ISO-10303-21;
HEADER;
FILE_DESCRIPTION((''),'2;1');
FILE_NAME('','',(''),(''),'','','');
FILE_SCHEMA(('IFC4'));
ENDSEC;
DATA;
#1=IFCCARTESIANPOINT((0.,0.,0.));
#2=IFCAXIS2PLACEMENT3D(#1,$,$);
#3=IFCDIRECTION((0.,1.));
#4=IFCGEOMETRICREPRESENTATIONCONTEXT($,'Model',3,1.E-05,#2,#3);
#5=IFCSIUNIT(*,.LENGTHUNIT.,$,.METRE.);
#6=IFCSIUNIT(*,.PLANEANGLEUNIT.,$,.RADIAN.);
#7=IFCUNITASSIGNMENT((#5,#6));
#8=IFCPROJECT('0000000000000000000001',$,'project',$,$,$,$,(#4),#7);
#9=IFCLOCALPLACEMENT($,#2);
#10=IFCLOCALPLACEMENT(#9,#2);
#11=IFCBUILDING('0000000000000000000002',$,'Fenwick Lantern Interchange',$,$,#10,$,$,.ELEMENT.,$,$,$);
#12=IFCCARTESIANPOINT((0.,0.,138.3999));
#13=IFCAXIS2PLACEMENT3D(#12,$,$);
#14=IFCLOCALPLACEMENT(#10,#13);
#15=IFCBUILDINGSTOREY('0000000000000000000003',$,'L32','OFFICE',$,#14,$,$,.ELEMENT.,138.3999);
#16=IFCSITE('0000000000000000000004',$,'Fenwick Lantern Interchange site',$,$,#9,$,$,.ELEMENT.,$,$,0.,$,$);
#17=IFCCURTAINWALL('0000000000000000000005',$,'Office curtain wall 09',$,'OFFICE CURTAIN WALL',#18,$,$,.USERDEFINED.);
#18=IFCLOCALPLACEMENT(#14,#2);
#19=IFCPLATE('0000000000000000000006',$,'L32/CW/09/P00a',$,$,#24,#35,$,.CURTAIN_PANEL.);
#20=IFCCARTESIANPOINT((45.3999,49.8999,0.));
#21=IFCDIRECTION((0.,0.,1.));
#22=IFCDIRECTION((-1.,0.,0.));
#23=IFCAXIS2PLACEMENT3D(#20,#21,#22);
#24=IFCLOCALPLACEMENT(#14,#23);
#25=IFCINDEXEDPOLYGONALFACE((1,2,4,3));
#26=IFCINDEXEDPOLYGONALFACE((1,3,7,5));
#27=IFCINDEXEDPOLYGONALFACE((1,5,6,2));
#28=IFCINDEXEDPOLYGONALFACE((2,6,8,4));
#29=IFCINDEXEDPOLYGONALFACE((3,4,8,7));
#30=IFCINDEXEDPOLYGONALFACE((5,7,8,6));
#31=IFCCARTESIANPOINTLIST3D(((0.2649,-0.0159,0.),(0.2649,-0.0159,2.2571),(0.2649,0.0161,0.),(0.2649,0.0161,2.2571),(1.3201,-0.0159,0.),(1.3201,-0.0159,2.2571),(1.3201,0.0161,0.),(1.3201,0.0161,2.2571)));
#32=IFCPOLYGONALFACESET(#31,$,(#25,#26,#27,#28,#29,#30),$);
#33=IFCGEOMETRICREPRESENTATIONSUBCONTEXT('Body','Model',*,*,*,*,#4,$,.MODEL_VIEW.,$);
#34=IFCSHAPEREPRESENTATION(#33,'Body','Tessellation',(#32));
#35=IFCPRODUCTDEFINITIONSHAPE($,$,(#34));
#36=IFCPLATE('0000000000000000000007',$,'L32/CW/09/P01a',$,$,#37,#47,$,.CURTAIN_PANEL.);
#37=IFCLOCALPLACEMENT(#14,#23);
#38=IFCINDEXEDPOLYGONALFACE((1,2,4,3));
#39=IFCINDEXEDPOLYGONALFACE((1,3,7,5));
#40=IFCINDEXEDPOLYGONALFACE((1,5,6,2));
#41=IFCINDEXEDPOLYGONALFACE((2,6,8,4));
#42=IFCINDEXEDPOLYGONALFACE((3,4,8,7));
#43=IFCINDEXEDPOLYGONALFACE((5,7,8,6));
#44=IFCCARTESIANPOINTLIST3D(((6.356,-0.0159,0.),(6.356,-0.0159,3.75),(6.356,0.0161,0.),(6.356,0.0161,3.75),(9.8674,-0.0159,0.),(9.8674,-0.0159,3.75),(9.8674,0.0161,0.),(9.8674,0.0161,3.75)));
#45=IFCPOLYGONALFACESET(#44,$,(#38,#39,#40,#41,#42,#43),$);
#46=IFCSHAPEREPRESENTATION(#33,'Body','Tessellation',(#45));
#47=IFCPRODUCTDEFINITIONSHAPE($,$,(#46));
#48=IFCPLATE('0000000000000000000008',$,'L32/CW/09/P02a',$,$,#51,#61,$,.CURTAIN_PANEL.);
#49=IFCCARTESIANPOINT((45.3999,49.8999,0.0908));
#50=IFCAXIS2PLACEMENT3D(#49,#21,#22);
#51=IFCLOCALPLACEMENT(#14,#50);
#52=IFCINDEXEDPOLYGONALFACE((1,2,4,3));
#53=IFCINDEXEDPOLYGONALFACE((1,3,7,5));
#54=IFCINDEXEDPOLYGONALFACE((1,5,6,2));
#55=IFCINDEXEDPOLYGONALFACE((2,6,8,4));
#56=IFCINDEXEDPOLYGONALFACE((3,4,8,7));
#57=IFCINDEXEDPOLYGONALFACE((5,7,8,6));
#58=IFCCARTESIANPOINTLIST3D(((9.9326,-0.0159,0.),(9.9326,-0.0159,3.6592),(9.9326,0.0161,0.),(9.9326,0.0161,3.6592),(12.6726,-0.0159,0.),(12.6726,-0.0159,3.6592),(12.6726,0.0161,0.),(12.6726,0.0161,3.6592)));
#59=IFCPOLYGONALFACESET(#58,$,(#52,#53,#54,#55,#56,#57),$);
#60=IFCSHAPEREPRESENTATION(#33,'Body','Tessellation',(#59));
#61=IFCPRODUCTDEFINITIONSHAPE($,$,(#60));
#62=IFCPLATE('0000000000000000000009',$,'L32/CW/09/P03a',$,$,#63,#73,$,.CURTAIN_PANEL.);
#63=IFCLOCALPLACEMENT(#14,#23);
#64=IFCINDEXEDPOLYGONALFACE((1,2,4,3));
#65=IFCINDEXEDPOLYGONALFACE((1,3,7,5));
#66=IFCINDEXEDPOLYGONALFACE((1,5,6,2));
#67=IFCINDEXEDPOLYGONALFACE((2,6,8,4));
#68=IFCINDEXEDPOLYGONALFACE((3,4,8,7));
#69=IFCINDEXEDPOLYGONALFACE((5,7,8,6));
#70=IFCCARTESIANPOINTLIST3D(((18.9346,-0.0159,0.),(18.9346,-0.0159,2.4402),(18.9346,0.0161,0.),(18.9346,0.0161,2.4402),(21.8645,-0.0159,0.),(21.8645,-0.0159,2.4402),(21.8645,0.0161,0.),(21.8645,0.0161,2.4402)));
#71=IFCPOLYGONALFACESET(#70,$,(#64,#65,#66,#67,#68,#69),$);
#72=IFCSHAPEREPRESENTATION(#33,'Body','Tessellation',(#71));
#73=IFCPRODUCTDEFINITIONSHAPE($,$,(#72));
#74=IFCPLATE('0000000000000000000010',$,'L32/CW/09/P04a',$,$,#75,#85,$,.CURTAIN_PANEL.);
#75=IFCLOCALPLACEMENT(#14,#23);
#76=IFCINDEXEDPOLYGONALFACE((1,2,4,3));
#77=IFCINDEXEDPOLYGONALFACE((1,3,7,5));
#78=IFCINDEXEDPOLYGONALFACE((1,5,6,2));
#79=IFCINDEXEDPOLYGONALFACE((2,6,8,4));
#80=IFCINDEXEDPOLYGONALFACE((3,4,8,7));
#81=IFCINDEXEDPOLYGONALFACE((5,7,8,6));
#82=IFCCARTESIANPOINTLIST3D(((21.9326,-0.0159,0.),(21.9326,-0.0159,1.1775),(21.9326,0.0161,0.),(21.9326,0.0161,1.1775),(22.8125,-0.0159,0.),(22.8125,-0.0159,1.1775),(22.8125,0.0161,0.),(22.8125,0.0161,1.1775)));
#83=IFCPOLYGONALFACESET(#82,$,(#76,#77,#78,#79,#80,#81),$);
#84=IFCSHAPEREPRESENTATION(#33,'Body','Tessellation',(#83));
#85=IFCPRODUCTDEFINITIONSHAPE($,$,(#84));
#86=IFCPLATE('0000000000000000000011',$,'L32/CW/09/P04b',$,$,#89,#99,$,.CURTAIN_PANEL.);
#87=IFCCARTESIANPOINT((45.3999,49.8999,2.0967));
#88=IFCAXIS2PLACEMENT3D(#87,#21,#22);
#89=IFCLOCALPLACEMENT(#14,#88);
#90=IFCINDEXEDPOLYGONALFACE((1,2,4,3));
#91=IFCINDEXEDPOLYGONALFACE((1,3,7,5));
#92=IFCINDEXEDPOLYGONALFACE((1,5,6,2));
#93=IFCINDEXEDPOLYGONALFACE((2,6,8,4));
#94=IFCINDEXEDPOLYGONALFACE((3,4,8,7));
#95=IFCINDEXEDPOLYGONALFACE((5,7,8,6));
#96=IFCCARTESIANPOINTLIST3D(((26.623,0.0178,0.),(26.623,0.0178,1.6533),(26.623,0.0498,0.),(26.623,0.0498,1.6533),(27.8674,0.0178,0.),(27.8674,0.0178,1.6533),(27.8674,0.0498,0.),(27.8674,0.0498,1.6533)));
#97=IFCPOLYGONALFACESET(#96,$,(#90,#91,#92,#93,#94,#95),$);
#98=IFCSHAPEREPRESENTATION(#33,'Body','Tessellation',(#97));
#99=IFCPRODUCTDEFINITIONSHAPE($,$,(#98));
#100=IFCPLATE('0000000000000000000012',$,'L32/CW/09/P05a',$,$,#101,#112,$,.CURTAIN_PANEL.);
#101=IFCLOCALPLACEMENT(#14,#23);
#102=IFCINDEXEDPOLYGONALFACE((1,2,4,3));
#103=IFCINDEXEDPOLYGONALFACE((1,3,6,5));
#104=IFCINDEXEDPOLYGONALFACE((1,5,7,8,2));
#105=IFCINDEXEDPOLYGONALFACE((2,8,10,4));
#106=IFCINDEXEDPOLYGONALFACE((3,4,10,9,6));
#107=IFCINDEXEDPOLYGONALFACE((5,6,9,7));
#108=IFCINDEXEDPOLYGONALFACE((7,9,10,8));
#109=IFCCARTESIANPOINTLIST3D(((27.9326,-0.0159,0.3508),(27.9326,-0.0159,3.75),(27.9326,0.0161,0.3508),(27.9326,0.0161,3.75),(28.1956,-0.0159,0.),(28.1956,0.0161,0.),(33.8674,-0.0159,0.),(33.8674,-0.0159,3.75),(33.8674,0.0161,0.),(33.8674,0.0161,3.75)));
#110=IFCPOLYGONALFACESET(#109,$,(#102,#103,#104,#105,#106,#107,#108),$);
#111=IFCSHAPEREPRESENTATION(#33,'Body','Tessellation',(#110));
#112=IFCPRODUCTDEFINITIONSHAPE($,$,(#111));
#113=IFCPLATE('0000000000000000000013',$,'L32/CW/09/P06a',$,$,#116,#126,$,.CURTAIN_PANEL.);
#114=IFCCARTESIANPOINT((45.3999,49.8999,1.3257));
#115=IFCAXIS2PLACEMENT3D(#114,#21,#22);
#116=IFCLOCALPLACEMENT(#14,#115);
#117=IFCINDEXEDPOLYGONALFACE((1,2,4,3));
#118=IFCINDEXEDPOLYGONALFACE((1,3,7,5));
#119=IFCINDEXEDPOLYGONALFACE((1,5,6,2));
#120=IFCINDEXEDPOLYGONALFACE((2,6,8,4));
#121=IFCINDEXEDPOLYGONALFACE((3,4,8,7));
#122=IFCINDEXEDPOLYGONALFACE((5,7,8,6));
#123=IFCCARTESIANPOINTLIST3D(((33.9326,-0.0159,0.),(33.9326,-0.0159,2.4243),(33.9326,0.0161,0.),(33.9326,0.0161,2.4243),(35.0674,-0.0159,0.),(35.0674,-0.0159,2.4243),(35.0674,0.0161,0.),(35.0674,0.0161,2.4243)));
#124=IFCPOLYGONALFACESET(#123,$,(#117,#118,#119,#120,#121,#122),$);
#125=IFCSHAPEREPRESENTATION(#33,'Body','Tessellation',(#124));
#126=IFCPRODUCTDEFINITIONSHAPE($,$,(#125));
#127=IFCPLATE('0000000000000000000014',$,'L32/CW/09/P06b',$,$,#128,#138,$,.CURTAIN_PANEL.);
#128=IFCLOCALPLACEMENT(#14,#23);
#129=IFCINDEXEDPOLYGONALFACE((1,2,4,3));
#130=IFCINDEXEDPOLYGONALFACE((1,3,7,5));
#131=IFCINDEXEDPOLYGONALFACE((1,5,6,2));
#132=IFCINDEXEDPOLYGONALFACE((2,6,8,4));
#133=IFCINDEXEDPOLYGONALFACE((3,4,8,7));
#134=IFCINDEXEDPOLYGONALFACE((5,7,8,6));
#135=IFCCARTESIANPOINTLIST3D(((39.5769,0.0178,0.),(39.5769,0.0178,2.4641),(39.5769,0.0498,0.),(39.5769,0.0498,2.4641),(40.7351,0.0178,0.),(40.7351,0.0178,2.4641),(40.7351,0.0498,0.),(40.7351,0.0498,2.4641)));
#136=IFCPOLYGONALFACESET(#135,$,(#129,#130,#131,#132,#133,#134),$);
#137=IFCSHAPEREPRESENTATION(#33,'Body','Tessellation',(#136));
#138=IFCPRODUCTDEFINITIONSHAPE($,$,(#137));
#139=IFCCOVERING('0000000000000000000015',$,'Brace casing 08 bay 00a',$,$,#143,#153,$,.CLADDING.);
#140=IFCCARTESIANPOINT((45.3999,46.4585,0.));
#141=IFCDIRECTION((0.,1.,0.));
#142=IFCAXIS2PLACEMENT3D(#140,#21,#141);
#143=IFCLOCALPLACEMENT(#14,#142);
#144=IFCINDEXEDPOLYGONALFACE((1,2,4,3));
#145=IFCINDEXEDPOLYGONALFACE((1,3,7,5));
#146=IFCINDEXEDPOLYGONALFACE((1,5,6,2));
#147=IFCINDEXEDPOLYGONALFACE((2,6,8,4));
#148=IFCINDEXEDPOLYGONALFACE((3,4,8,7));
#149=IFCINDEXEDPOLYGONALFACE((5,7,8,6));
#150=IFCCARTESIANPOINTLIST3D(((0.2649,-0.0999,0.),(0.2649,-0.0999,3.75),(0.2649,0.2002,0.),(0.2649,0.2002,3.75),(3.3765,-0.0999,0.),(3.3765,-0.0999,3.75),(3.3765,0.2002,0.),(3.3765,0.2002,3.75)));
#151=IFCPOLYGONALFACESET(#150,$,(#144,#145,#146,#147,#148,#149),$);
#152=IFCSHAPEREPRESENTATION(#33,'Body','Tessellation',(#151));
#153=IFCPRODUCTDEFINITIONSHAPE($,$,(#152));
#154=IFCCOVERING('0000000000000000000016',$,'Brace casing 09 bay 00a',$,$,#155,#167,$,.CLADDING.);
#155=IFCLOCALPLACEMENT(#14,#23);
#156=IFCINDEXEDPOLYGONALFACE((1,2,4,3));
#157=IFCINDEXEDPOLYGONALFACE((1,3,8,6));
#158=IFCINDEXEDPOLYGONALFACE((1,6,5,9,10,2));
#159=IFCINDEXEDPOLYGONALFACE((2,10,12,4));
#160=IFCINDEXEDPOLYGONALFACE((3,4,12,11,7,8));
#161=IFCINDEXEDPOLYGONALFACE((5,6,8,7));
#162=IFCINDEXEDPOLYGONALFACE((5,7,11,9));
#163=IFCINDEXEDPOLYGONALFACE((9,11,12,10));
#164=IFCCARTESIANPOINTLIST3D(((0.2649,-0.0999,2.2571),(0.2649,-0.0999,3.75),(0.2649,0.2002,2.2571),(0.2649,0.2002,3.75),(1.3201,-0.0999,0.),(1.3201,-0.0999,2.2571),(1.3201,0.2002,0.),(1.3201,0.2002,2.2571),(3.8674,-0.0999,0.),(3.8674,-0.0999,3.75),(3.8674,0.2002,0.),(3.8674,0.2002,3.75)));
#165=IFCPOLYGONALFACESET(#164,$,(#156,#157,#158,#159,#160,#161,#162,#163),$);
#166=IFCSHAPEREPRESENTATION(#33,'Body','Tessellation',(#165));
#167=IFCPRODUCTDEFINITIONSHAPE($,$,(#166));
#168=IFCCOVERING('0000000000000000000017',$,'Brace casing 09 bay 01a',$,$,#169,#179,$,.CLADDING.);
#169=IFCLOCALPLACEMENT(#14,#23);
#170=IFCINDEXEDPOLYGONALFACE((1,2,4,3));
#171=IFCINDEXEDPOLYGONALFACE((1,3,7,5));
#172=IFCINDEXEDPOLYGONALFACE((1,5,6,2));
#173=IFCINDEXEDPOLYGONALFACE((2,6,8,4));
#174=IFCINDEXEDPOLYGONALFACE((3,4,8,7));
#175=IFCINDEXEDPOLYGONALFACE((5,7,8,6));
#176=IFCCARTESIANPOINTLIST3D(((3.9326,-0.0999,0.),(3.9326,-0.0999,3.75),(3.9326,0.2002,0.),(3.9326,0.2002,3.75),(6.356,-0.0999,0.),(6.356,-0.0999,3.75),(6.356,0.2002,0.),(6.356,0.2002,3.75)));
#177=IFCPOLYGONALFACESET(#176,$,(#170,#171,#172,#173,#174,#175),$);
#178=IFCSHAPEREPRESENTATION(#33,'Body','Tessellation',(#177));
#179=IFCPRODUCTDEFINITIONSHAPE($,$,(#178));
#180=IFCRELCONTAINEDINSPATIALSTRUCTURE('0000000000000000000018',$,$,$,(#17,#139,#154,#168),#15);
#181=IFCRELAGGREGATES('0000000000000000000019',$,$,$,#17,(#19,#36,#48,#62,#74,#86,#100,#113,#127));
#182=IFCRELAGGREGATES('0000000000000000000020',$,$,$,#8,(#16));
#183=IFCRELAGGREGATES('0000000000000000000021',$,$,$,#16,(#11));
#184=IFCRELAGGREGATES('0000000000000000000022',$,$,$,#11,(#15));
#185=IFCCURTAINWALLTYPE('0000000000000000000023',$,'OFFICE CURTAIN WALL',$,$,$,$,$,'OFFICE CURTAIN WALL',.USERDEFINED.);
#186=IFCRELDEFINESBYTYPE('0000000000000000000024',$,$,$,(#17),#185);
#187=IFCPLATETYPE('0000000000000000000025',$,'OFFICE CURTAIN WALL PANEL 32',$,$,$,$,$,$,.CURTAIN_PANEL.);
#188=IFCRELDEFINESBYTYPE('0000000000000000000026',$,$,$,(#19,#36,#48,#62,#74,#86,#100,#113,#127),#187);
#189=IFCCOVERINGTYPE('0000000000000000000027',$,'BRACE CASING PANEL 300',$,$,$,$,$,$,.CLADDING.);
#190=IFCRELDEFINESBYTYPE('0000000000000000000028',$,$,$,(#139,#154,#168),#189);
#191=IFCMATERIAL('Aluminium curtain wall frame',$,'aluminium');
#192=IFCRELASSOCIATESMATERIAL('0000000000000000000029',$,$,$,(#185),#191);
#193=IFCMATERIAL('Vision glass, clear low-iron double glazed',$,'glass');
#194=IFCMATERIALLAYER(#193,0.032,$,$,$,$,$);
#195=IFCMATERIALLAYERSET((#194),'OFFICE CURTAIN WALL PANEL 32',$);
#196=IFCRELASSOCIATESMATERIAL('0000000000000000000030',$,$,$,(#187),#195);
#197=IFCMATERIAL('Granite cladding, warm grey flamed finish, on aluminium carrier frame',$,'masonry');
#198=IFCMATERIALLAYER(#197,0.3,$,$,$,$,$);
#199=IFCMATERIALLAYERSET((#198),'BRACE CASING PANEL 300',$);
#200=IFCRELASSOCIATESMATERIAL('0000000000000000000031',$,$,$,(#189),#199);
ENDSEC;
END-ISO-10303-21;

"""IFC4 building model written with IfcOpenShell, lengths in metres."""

from ifc_helpers import new_model, si_unit, direction, frame, origin, place, context, subcontext, project, spatial, polyline, outline, extrude, material, layer, layer_set, type_object, element, aggregate, save


model = new_model("IFC4")

# Units and contexts
model_context = context("Model", 3, precision=1e-05, world=origin(), true_north=direction((0.0, 1.0)))
body_context = subcontext(model_context, "Body", "Model", "MODEL_VIEW")
ifc_project = project(units=[si_unit("LENGTHUNIT", "METRE"), si_unit("PLANEANGLEUNIT", "RADIAN")], contexts=[model_context])

# Site, building, storey
site_placement = place(None, origin())
site = spatial("IfcSite", under=ifc_project, at=site_placement, Name="Fenwick Lantern Interchange site", CompositionType="ELEMENT", RefElevation=0.0)
building_placement = place(site_placement, origin())
building = spatial("IfcBuilding", under=site, at=building_placement, Name="Fenwick Lantern Interchange", CompositionType="ELEMENT")
storey_placement = place(building_placement, frame((0.0, 0.0, 138.3999)))
storey = spatial("IfcBuildingStorey", under=building, at=storey_placement, Name="L32", Description="OFFICE", CompositionType="ELEMENT", Elevation=138.3999)

# Shared definitions
ifc_material_1 = material(Name="Aluminium curtain wall frame", Category="aluminium")
curtain_wall_type = type_object("IfcCurtainWallType", Name="OFFICE CURTAIN WALL", ElementType="OFFICE CURTAIN WALL", PredefinedType="USERDEFINED", material=ifc_material_1)

# Curtain wall
curtain_wall_1_placement = place(storey_placement, origin())
curtain_wall_1 = element("IfcCurtainWall", 1, at=curtain_wall_1_placement, inside=storey, type_object=curtain_wall_type, Name="Office curtain wall 09", ObjectType="OFFICE CURTAIN WALL", PredefinedType="USERDEFINED")

# Plates
ifc_material_2 = material(Name="Vision glass, clear low-iron double glazed", Category="glass")
ifc_layer_1 = layer(ifc_material_2, 0.032)
ifc_layer_set_1 = layer_set([ifc_layer_1], Name="OFFICE CURTAIN WALL PANEL 32")
plate_type = type_object("IfcPlateType", Name="OFFICE CURTAIN WALL PANEL 32", PredefinedType="CURTAIN_PANEL", material=ifc_layer_set_1)
plate_1_placement = place(storey_placement, frame((45.3999, 49.8999, 0.0), z_axis=(0.0, 0.0, 1.0), x_axis=(-1.0, 0.0, 0.0)))
plate_1 = element("IfcPlate", 2, at=plate_1_placement, type_object=plate_type, Name="L32/CW/09/P00a", PredefinedType="CURTAIN_PANEL", context=body_context, shape_type="SweptSolid", body=[
    extrude(outline(polyline([(0.2649, 0.0), (1.3201, 0.0), (1.3201, 2.2571), (0.2649, 2.2571), (0.2649, 0.0)])), frame((0.0, 0.0161, 0.0), z_axis=(0.0, -1.0, 0.0), x_axis=(1.0, 0.0, 0.0)), (0.0, 0.0, 1.0), 0.032),
])
plate_2_placement = place(storey_placement, frame((45.3999, 49.8999, 0.0), z_axis=(0.0, 0.0, 1.0), x_axis=(-1.0, 0.0, 0.0)))
plate_2 = element("IfcPlate", 3, at=plate_2_placement, type_object=plate_type, Name="L32/CW/09/P01a", PredefinedType="CURTAIN_PANEL", context=body_context, shape_type="SweptSolid", body=[
    extrude(outline(polyline([(6.356, 0.0), (9.8674, 0.0), (9.8674, 3.75), (6.356, 3.75), (6.356, 0.0)])), frame((0.0, 0.0161, 0.0), z_axis=(0.0, -1.0, 0.0), x_axis=(1.0, 0.0, 0.0)), (0.0, 0.0, 1.0), 0.032),
])
plate_3_placement = place(storey_placement, frame((45.3999, 49.8999, 0.0908), z_axis=(0.0, 0.0, 1.0), x_axis=(-1.0, 0.0, 0.0)))
plate_3 = element("IfcPlate", 4, at=plate_3_placement, type_object=plate_type, Name="L32/CW/09/P02a", PredefinedType="CURTAIN_PANEL", context=body_context, shape_type="SweptSolid", body=[
    extrude(outline(polyline([(9.9326, 0.0), (12.6726, 0.0), (12.6726, 3.6592), (9.9326, 3.6592), (9.9326, 0.0)])), frame((0.0, 0.0161, 0.0), z_axis=(0.0, -1.0, 0.0), x_axis=(1.0, 0.0, 0.0)), (0.0, 0.0, 1.0), 0.032),
])
plate_4_placement = place(storey_placement, frame((45.3999, 49.8999, 0.0), z_axis=(0.0, 0.0, 1.0), x_axis=(-1.0, 0.0, 0.0)))
plate_4 = element("IfcPlate", 5, at=plate_4_placement, type_object=plate_type, Name="L32/CW/09/P03a", PredefinedType="CURTAIN_PANEL", context=body_context, shape_type="SweptSolid", body=[
    extrude(outline(polyline([(18.9346, 0.0), (21.8645, 0.0), (21.8645, 2.4402), (18.9346, 2.4402), (18.9346, 0.0)])), frame((0.0, 0.0161, 0.0), z_axis=(0.0, -1.0, 0.0), x_axis=(1.0, 0.0, 0.0)), (0.0, 0.0, 1.0), 0.032),
])
plate_5_placement = place(storey_placement, frame((45.3999, 49.8999, 0.0), z_axis=(0.0, 0.0, 1.0), x_axis=(-1.0, 0.0, 0.0)))
plate_5 = element("IfcPlate", 6, at=plate_5_placement, type_object=plate_type, Name="L32/CW/09/P04a", PredefinedType="CURTAIN_PANEL", context=body_context, shape_type="SweptSolid", body=[
    extrude(outline(polyline([(21.9326, 0.0), (22.8125, 0.0), (22.8125, 1.1775), (21.9326, 1.1775), (21.9326, 0.0)])), frame((0.0, 0.0161, 0.0), z_axis=(0.0, -1.0, 0.0), x_axis=(1.0, 0.0, 0.0)), (0.0, 0.0, 1.0), 0.032),
])
plate_6_placement = place(storey_placement, frame((45.3999, 49.8999, 2.0967), z_axis=(0.0, 0.0, 1.0), x_axis=(-1.0, 0.0, 0.0)))
plate_6 = element("IfcPlate", 7, at=plate_6_placement, type_object=plate_type, Name="L32/CW/09/P04b", PredefinedType="CURTAIN_PANEL", context=body_context, shape_type="SweptSolid", body=[
    extrude(outline(polyline([(26.623, 0.0), (27.8674, 0.0), (27.8674, 1.6533), (26.623, 1.6533), (26.623, 0.0)])), frame((0.0, 0.0498, 0.0), z_axis=(0.0, -1.0, 0.0), x_axis=(1.0, 0.0, 0.0)), (0.0, 0.0, 1.0), 0.032),
])
plate_7_placement = place(storey_placement, frame((45.3999, 49.8999, 0.0), z_axis=(0.0, 0.0, 1.0), x_axis=(-1.0, 0.0, 0.0)))
plate_7 = element("IfcPlate", 8, at=plate_7_placement, type_object=plate_type, Name="L32/CW/09/P05a", PredefinedType="CURTAIN_PANEL", context=body_context, shape_type="SweptSolid", body=[
    extrude(outline(polyline([(28.1956, 0.0), (33.8674, 0.0), (33.8674, 3.75), (27.9326, 3.75), (27.9326, 0.3508), (28.1956, 0.0)])), frame((0.0, 0.0161, 0.0), z_axis=(0.0, -1.0, 0.0), x_axis=(1.0, 0.0, 0.0)), (0.0, 0.0, 1.0), 0.032),
])
plate_8_placement = place(storey_placement, frame((45.3999, 49.8999, 1.3257), z_axis=(0.0, 0.0, 1.0), x_axis=(-1.0, 0.0, 0.0)))
plate_8 = element("IfcPlate", 9, at=plate_8_placement, type_object=plate_type, Name="L32/CW/09/P06a", PredefinedType="CURTAIN_PANEL", context=body_context, shape_type="SweptSolid", body=[
    extrude(outline(polyline([(33.9326, 0.0), (35.0674, 0.0), (35.0674, 2.4243), (33.9326, 2.4243), (33.9326, 0.0)])), frame((0.0, 0.0161, 0.0), z_axis=(0.0, -1.0, 0.0), x_axis=(1.0, 0.0, 0.0)), (0.0, 0.0, 1.0), 0.032),
])
plate_9_placement = place(storey_placement, frame((45.3999, 49.8999, 0.0), z_axis=(0.0, 0.0, 1.0), x_axis=(-1.0, 0.0, 0.0)))
plate_9 = element("IfcPlate", 10, at=plate_9_placement, type_object=plate_type, Name="L32/CW/09/P06b", PredefinedType="CURTAIN_PANEL", context=body_context, shape_type="SweptSolid", body=[
    extrude(outline(polyline([(39.5769, 0.0), (40.7351, 0.0), (40.7351, 2.4641), (39.5769, 2.4641), (39.5769, 0.0)])), frame((0.0, 0.0498, 0.0), z_axis=(0.0, -1.0, 0.0), x_axis=(1.0, 0.0, 0.0)), (0.0, 0.0, 1.0), 0.032),
])
aggregate(curtain_wall_1, [plate_1, plate_2, plate_3, plate_4, plate_5, plate_6, plate_7, plate_8, plate_9])

# Coverings
ifc_material_3 = material(Name="Granite cladding, warm grey flamed finish, on aluminium carrier frame", Category="masonry")
ifc_layer_2 = layer(ifc_material_3, 0.3)
ifc_layer_set_2 = layer_set([ifc_layer_2], Name="BRACE CASING PANEL 300")
covering_type = type_object("IfcCoveringType", Name="BRACE CASING PANEL 300", PredefinedType="CLADDING", material=ifc_layer_set_2)
covering_1_placement = place(storey_placement, frame((45.3999, 46.4585, 0.0), z_axis=(0.0, 0.0, 1.0), x_axis=(0.0, 1.0, 0.0)))
element("IfcCovering", 11, at=covering_1_placement, inside=storey, type_object=covering_type, Name="Brace casing 08 bay 00a", PredefinedType="CLADDING", context=body_context, shape_type="SweptSolid", body=[
    extrude(outline(polyline([(0.2649, 0.0), (3.3765, 0.0), (3.3765, 3.75), (0.2649, 3.75), (0.2649, 0.0)])), frame((0.0, 0.2002, 0.0), z_axis=(0.0, -1.0, 0.0), x_axis=(1.0, 0.0, 0.0)), (0.0, 0.0, 1.0), 0.3),
])
covering_2_placement = place(storey_placement, frame((45.3999, 49.8999, 0.0), z_axis=(0.0, 0.0, 1.0), x_axis=(-1.0, 0.0, 0.0)))
element("IfcCovering", 12, at=covering_2_placement, inside=storey, type_object=covering_type, Name="Brace casing 09 bay 00a", PredefinedType="CLADDING", context=body_context, shape_type="SweptSolid", body=[
    extrude(outline(polyline([(1.3201, 0.0), (3.8674, 0.0), (3.8674, 3.75), (0.2649, 3.75), (0.2649, 2.2571), (1.3201, 2.2571), (1.3201, 0.0)])), frame((0.0, 0.2002, 0.0), z_axis=(0.0, -1.0, 0.0), x_axis=(1.0, 0.0, 0.0)), (0.0, 0.0, 1.0), 0.3),
])
covering_3_placement = place(storey_placement, frame((45.3999, 49.8999, 0.0), z_axis=(0.0, 0.0, 1.0), x_axis=(-1.0, 0.0, 0.0)))
element("IfcCovering", 13, at=covering_3_placement, inside=storey, type_object=covering_type, Name="Brace casing 09 bay 01a", PredefinedType="CLADDING", context=body_context, shape_type="SweptSolid", body=[
    extrude(outline(polyline([(3.9326, 0.0), (6.356, 0.0), (6.356, 3.75), (3.9326, 3.75), (3.9326, 0.0)])), frame((0.0, 0.2002, 0.0), z_axis=(0.0, -1.0, 0.0), x_axis=(1.0, 0.0, 0.0)), (0.0, 0.0, 1.0), 0.3),
])

save(model, "model.ifc")
